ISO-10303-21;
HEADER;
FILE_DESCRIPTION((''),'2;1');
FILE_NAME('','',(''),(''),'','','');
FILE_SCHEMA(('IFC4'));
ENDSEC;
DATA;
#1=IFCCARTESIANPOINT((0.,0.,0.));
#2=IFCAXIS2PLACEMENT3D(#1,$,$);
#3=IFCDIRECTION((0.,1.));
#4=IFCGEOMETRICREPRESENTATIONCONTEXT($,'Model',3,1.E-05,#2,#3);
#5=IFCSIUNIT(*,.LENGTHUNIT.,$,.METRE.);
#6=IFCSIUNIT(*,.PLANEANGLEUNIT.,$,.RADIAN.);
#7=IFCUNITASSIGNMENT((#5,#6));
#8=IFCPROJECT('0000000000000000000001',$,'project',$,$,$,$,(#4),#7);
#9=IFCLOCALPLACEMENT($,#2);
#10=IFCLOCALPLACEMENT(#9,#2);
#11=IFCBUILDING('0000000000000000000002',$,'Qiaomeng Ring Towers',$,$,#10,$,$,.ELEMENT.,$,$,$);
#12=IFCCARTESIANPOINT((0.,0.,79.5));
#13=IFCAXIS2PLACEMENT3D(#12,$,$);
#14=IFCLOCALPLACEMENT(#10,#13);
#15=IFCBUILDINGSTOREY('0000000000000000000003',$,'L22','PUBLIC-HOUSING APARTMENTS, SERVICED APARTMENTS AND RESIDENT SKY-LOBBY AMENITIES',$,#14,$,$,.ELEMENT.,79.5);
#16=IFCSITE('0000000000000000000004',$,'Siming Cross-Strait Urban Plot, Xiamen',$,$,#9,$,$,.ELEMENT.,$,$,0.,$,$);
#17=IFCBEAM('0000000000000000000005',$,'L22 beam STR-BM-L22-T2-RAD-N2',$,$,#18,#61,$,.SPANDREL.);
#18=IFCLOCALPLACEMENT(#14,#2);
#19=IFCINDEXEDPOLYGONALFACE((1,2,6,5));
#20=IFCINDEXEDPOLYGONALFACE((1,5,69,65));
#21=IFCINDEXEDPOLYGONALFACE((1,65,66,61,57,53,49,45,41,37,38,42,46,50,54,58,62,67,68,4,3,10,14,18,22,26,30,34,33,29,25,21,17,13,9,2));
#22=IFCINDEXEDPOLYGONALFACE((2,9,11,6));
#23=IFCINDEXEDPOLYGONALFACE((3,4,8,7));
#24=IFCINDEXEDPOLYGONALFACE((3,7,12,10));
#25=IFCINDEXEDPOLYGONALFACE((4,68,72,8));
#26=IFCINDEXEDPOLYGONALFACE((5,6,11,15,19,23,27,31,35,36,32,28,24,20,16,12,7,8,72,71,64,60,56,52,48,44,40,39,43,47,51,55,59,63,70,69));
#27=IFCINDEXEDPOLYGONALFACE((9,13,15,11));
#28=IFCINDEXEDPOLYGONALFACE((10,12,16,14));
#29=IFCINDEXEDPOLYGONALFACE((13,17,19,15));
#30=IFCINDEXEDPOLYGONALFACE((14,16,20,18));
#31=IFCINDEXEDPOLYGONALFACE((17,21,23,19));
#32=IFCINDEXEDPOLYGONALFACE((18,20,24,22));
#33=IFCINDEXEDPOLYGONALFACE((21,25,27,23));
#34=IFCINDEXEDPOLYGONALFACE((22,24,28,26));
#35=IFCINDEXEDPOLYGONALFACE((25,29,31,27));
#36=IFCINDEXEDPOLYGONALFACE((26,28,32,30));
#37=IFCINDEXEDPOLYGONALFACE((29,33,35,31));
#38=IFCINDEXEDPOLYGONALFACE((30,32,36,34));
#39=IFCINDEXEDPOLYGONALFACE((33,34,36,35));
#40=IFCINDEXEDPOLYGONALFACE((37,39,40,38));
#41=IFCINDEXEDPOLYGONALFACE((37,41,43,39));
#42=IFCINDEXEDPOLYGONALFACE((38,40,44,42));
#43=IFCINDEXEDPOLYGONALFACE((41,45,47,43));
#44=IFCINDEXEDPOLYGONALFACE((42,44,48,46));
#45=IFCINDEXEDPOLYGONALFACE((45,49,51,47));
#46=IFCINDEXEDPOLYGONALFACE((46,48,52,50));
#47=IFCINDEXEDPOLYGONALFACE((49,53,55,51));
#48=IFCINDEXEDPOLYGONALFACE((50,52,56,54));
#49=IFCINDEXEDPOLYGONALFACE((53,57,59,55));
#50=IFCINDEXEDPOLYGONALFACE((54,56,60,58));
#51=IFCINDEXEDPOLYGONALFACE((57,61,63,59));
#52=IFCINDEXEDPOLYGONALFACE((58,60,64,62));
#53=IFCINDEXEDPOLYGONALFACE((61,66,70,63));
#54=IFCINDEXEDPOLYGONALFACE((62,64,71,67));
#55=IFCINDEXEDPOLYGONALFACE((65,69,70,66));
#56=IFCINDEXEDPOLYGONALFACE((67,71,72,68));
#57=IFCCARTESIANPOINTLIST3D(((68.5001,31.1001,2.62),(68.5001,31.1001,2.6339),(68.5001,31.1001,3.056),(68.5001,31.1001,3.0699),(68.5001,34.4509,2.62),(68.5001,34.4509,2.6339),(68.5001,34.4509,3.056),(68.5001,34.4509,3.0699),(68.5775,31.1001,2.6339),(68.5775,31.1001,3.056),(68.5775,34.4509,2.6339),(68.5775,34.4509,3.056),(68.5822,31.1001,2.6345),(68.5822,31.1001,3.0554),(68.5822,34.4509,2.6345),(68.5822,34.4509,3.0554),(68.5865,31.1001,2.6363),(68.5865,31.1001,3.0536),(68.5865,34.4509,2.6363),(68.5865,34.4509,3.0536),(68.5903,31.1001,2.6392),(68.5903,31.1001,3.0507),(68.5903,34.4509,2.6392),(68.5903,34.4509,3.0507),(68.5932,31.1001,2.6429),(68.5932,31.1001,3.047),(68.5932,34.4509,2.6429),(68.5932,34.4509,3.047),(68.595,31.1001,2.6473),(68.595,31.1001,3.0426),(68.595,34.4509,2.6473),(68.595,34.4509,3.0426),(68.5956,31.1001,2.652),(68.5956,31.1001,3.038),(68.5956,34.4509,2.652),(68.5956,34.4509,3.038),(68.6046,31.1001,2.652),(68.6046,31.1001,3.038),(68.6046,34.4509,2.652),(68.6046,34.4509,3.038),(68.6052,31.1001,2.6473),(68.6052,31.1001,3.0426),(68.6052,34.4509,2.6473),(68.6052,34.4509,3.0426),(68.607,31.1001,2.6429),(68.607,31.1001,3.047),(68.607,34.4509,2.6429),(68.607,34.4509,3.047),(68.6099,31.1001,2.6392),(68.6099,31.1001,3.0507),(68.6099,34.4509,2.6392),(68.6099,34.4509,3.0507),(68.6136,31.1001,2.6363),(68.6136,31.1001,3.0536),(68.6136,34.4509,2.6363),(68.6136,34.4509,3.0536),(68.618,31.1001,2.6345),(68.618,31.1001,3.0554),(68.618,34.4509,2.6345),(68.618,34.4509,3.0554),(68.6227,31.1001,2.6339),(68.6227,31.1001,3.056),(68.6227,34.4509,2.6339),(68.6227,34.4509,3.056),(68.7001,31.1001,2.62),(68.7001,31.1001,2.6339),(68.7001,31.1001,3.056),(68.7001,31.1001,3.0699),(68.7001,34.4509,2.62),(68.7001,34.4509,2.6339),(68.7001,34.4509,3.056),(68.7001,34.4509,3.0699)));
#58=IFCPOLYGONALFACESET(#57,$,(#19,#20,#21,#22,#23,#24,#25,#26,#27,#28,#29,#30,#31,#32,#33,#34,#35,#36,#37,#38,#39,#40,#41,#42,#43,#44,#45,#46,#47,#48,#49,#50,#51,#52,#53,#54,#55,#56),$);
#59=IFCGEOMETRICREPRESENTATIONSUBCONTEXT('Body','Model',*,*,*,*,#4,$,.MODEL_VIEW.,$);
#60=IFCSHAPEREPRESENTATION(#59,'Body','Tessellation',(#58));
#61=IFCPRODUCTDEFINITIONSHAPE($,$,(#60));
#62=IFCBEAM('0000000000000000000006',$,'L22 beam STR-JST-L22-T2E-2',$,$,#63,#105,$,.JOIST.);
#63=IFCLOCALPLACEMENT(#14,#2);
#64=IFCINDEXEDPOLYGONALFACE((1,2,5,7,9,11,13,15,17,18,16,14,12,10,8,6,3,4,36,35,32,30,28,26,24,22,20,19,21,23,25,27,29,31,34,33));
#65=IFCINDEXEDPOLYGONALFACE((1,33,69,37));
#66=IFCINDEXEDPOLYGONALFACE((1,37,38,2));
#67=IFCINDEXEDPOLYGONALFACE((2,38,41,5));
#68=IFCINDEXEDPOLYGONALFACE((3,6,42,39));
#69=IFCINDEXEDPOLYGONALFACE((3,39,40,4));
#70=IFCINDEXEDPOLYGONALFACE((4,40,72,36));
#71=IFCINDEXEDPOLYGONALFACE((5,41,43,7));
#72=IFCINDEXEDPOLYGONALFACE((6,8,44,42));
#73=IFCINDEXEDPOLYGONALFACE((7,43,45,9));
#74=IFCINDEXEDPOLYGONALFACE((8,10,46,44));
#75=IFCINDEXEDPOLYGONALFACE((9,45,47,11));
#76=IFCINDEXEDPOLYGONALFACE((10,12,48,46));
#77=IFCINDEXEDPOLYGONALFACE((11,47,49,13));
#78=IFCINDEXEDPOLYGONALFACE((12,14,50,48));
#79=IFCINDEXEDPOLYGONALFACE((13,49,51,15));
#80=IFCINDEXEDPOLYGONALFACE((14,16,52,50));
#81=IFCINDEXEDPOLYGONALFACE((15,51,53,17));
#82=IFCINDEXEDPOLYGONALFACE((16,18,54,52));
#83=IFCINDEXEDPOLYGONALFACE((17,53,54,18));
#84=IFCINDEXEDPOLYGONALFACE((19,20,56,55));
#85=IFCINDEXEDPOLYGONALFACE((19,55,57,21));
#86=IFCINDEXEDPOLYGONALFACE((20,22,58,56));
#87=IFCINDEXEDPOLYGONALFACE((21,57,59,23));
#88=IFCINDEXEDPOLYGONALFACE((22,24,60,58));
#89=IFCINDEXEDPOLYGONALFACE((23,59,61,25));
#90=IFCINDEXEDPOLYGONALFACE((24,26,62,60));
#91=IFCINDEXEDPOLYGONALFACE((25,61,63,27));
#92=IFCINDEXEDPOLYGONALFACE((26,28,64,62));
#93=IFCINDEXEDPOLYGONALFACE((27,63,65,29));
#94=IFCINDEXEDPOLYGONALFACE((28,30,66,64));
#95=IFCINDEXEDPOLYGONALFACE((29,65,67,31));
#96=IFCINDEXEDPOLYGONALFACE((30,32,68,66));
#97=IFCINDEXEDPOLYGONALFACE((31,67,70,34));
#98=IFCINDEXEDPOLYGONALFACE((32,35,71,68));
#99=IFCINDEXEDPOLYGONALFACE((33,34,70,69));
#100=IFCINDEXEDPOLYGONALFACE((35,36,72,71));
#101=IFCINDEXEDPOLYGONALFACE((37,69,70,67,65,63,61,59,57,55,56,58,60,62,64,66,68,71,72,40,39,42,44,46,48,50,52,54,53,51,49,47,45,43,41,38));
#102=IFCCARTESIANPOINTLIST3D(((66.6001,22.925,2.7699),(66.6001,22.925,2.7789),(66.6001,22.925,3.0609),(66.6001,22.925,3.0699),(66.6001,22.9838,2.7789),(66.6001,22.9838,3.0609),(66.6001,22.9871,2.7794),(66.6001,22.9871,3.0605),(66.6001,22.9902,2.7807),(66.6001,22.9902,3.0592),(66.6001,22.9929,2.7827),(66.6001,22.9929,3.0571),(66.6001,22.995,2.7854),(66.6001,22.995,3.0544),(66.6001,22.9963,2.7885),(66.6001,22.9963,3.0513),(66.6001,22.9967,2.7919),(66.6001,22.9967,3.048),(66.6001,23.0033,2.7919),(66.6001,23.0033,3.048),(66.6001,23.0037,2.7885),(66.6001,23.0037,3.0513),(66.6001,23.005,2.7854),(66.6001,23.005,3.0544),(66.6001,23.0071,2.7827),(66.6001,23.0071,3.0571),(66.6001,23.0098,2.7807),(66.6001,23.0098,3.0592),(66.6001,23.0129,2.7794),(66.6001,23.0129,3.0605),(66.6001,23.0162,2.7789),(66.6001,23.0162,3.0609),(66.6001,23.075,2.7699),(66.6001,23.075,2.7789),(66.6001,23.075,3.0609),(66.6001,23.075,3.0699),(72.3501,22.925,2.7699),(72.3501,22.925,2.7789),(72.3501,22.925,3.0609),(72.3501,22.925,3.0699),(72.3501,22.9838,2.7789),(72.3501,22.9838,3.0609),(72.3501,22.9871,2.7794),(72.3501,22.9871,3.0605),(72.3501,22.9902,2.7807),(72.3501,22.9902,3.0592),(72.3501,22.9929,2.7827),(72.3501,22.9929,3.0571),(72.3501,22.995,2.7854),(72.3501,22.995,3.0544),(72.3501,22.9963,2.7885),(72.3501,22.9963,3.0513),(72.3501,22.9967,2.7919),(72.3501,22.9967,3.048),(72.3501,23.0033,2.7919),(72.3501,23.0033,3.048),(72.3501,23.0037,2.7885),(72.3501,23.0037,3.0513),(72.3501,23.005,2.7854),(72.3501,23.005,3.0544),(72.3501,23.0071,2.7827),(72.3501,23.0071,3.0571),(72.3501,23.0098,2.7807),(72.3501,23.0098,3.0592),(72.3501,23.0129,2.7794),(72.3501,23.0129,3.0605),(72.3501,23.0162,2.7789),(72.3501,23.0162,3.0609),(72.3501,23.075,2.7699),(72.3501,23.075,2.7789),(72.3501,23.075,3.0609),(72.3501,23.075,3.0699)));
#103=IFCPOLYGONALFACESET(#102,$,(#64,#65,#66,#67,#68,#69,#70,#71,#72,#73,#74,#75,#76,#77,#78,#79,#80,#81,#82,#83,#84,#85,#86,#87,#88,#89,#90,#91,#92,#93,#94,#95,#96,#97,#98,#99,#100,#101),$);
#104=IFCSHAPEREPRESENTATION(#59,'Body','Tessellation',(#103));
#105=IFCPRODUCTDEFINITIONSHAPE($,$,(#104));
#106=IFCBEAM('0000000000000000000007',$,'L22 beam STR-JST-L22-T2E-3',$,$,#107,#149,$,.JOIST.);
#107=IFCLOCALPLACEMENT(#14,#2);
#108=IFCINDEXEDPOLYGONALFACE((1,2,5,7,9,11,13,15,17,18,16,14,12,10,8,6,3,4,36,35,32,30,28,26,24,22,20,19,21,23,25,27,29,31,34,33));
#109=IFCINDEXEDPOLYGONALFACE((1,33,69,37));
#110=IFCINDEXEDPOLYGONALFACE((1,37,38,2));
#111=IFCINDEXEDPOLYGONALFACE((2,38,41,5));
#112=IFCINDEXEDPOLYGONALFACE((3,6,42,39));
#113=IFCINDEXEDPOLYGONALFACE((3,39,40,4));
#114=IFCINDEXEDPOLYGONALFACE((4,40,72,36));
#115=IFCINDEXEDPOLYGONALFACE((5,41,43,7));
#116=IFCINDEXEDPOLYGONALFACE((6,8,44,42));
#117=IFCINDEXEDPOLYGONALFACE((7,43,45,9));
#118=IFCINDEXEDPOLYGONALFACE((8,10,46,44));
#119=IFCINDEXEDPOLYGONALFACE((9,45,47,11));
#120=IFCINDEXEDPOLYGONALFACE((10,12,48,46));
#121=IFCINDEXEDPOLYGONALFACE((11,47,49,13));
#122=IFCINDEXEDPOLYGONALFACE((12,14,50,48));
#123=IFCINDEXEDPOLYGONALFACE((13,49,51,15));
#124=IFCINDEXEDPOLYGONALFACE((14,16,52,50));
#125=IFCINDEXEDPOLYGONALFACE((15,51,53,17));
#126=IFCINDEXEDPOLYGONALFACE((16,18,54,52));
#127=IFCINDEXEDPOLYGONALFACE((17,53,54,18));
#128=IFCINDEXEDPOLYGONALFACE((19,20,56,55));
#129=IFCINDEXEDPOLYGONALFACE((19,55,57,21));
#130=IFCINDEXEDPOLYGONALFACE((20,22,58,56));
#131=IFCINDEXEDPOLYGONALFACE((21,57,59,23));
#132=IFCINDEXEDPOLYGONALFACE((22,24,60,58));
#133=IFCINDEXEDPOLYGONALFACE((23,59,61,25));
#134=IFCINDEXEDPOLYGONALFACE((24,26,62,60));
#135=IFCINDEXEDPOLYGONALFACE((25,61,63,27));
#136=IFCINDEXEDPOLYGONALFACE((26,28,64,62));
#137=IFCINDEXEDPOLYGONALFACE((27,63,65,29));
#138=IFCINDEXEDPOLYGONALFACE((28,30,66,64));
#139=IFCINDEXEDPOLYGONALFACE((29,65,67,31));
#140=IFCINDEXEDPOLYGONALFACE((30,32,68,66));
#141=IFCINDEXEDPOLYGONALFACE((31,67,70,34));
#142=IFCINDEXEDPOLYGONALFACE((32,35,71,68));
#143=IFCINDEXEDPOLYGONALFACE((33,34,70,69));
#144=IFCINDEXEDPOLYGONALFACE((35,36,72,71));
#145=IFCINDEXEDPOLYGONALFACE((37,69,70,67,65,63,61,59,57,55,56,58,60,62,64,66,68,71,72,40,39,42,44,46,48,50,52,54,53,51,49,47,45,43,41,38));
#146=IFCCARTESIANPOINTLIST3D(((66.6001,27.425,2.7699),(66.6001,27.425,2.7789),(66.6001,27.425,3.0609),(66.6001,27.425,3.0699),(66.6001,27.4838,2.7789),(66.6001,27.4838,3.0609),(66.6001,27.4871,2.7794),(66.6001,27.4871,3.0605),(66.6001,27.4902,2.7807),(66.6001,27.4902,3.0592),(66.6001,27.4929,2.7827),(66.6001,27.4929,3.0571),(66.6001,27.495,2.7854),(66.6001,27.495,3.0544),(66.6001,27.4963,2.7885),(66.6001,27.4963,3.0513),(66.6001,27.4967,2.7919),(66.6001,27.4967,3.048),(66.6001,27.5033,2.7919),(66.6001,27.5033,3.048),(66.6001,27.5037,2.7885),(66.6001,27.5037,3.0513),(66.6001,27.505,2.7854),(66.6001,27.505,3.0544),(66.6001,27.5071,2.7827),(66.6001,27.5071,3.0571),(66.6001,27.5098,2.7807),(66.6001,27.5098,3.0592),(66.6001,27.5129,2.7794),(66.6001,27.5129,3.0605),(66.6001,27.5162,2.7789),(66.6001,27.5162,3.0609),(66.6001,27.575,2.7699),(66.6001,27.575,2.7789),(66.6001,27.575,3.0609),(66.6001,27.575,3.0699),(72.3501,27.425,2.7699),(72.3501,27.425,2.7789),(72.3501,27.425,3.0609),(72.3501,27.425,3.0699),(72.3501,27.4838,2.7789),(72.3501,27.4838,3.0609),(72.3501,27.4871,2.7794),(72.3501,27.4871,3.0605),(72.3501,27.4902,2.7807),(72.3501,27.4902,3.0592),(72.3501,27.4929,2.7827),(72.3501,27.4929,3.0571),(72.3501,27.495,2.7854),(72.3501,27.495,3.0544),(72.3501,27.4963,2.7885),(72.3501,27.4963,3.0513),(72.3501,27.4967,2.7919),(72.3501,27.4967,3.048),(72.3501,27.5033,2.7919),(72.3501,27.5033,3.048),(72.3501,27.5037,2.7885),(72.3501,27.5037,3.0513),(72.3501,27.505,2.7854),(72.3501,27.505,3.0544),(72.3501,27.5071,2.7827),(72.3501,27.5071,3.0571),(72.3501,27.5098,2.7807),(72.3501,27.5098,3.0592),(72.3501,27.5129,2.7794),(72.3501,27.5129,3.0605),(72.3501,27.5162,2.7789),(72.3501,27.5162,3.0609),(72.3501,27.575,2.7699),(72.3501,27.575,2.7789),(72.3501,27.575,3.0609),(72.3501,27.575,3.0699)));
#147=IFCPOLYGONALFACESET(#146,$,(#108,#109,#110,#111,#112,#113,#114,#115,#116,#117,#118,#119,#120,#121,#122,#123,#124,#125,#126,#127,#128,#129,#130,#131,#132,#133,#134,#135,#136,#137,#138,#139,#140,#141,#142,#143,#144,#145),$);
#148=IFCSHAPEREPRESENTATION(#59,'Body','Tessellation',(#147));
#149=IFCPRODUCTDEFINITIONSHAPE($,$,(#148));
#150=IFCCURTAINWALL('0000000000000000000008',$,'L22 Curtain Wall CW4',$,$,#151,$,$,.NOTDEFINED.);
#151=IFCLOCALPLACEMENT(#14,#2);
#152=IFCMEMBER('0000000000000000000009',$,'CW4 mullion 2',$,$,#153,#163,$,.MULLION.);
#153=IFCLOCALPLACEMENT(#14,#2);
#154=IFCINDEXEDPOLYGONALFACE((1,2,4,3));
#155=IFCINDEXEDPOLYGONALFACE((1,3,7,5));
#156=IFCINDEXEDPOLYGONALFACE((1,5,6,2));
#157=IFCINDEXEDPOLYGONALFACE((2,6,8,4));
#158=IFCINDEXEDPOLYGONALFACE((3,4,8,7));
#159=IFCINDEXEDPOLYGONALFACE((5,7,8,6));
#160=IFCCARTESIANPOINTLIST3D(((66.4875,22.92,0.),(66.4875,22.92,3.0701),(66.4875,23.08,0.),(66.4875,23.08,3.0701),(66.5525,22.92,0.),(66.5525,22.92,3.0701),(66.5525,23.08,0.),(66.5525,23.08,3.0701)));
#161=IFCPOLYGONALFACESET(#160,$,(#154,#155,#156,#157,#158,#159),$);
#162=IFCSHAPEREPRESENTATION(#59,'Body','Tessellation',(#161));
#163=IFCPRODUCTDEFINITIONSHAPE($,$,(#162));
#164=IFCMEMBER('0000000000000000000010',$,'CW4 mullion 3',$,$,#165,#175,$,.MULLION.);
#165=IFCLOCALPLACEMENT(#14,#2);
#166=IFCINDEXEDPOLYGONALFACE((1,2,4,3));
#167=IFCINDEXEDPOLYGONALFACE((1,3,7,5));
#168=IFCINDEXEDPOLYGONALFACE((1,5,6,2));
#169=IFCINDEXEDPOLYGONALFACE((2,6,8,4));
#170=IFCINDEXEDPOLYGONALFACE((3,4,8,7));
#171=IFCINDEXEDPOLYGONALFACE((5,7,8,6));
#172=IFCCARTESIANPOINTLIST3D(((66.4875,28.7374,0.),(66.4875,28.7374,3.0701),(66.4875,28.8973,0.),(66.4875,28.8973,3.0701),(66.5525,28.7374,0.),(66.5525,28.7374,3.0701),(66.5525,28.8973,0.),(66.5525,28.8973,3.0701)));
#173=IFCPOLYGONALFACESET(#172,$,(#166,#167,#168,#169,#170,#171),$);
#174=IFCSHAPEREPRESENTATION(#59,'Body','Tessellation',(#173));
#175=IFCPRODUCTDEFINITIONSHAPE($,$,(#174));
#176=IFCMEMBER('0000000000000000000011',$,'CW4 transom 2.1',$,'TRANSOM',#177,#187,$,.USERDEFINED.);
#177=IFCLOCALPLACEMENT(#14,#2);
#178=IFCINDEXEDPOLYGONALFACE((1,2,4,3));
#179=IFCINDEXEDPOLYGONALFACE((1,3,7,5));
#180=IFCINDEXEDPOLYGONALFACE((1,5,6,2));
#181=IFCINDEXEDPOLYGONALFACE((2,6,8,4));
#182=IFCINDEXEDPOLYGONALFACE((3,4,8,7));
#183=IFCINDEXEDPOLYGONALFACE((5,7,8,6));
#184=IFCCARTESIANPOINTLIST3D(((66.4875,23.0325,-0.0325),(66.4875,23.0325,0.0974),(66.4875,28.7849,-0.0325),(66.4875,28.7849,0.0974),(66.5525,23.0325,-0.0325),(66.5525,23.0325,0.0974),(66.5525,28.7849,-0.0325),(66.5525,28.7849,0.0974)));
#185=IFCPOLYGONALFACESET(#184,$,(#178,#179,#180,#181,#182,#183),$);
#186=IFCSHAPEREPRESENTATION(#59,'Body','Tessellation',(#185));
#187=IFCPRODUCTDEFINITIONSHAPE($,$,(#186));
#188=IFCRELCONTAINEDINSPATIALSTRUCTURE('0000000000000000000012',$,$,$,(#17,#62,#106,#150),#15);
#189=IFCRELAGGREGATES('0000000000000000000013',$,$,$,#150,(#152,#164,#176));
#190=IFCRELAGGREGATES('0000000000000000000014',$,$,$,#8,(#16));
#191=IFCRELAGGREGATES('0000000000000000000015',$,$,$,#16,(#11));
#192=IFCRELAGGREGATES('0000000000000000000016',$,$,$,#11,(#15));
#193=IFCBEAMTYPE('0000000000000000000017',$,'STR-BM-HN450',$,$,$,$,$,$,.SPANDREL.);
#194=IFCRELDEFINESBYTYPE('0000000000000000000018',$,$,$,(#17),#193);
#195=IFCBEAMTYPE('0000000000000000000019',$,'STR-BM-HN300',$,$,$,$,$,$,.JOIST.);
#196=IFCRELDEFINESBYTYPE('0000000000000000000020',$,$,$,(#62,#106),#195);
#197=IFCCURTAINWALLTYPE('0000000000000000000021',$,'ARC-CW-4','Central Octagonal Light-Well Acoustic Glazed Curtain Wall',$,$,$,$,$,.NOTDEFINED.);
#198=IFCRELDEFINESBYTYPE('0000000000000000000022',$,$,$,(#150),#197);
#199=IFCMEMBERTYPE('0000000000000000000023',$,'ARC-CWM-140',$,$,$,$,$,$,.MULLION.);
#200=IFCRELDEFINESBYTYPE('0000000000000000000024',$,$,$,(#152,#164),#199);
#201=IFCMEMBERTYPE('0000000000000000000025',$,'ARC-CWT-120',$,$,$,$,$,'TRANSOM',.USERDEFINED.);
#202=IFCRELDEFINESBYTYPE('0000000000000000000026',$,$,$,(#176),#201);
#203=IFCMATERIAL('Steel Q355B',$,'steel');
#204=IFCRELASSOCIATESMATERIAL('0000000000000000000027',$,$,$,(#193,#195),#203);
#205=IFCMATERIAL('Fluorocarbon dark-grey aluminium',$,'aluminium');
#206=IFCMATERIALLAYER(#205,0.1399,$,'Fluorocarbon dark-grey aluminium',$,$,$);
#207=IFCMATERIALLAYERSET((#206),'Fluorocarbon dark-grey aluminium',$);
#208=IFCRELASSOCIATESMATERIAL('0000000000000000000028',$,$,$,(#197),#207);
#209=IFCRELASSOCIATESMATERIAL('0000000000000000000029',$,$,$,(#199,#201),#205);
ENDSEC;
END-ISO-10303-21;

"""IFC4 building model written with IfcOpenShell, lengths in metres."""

from ifc_helpers import new_model, si_unit, direction, frame, origin, origin_2d, place, context, subcontext, project, spatial, rectangle, i_section, extrude, source, transform, mapped, material, layer, layer_set, material_profile, profile_set, type_object, element, aggregate, save


model = new_model("IFC4")

# Units and contexts
model_context = context("Model", 3, precision=1e-05, world=origin(), true_north=direction((0.0, 1.0)))
body_context = subcontext(model_context, "Body", "Model", "MODEL_VIEW")
ifc_project = project(units=[si_unit("LENGTHUNIT", "METRE"), si_unit("PLANEANGLEUNIT", "RADIAN")], contexts=[model_context])

# Site, building, storey
site_placement = place(None, origin())
site = spatial("IfcSite", under=ifc_project, at=site_placement, Name="Siming Cross-Strait Urban Plot, Xiamen", CompositionType="ELEMENT", RefElevation=0.0)
building_placement = place(site_placement, origin())
building = spatial("IfcBuilding", under=site, at=building_placement, Name="Qiaomeng Ring Towers", CompositionType="ELEMENT")
storey_placement = place(building_placement, frame((0.0, 0.0, 79.5)))
storey = spatial("IfcBuildingStorey", under=building, at=storey_placement, Name="L22", Description="PUBLIC-HOUSING APARTMENTS, SERVICED APARTMENTS AND RESIDENT SKY-LOBBY AMENITIES", CompositionType="ELEMENT", Elevation=79.5)

# Beams
ifc_material_1 = material(Name="Steel Q355B", Category="steel")
ifc_material_profile_1 = material_profile(ifc_material_1, i_section(OverallWidth=0.2, OverallDepth=0.45, WebThickness=0.009, FlangeThickness=0.0139, FilletRadius=0.0181, at=origin_2d()), Name="HN 450x200x9x14")
ifc_profile_set_1 = profile_set([ifc_material_profile_1], Name="Steel Q355B")
beam_type_1 = type_object("IfcBeamType", Name="STR-BM-HN450", PredefinedType="SPANDREL", material=ifc_profile_set_1)
shared_shape_1 = source(origin(), body_context, "Body", "SweptSolid", [
    extrude(i_section(OverallWidth=0.2, OverallDepth=0.45, WebThickness=0.009, FlangeThickness=0.0139, FilletRadius=0.0181, at=origin_2d()), origin(), (0.0, 0.0, 1.0), 3.3508),
])
beam_1_placement = place(storey_placement, frame((68.6001, 34.4509, 2.845), z_axis=(0.0, -1.0, 0.0), x_axis=(1.0, 0.0, 0.0)))
element("IfcBeam", 1, at=beam_1_placement, inside=storey, type_object=beam_type_1, Name="L22 beam STR-BM-L22-T2-RAD-N2", PredefinedType="SPANDREL", context=body_context, shape_type="MappedRepresentation", body=[
    mapped(shared_shape_1, transform((0.0, 0.0, 0.0), x_axis=(1.0, 0.0, 0.0), y_axis=(0.0, 1.0, 0.0), z_axis=(0.0, 0.0, 1.0), scale=1.0)),
])
ifc_material_profile_2 = material_profile(ifc_material_1, i_section(OverallWidth=0.1499, OverallDepth=0.3, WebThickness=0.0066, FlangeThickness=0.009, FilletRadius=0.0129, at=origin_2d()), Name="HN 300x150x6.5x9")
ifc_profile_set_2 = profile_set([ifc_material_profile_2], Name="Steel Q355B")
beam_type_2 = type_object("IfcBeamType", Name="STR-BM-HN300", PredefinedType="JOIST", material=ifc_profile_set_2)
shared_shape_2 = source(origin(), body_context, "Body", "SweptSolid", [
    extrude(i_section(OverallWidth=0.1499, OverallDepth=0.3, WebThickness=0.0066, FlangeThickness=0.009, FilletRadius=0.0129, at=origin_2d()), origin(), (0.0, 0.0, 1.0), 5.75),
])
for number, where, z_axis, x_axis, name in (
    (2, (66.6001, 23.0, 2.9199), (1.0, 0.0, 0.0), (0.0, 1.0, 0.0), "L22 beam STR-JST-L22-T2E-2"),
    (3, (66.6001, 27.5, 2.9199), (1.0, 0.0, 0.0), (0.0, 1.0, 0.0), "L22 beam STR-JST-L22-T2E-3"),
):
    element("IfcBeam", number, at=place(storey_placement, frame(where, z_axis=z_axis, x_axis=x_axis)), inside=storey, type_object=beam_type_2, Name=name, PredefinedType="JOIST", context=body_context, shape_type="MappedRepresentation", body=[
        mapped(shared_shape_2, transform((0.0, 0.0, 0.0), x_axis=(1.0, 0.0, 0.0), y_axis=(0.0, 1.0, 0.0), z_axis=(0.0, 0.0, 1.0), scale=1.0)),
    ])

# Curtain wall, members
ifc_material_2 = material(Name="Fluorocarbon dark-grey aluminium", Category="aluminium")
ifc_layer_1 = layer(ifc_material_2, 0.1399, Name="Fluorocarbon dark-grey aluminium")
ifc_layer_set_1 = layer_set([ifc_layer_1], Name="Fluorocarbon dark-grey aluminium")
curtain_wall_type_1 = type_object("IfcCurtainWallType", Name="ARC-CW-4", Description="Central Octagonal Light-Well Acoustic Glazed Curtain Wall", PredefinedType="NOTDEFINED", material=ifc_layer_set_1)
curtain_wall_1_placement = place(storey_placement, origin())
curtain_wall_1 = element("IfcCurtainWall", 4, at=curtain_wall_1_placement, inside=storey, type_object=curtain_wall_type_1, Name="L22 Curtain Wall CW4", PredefinedType="NOTDEFINED")
ifc_material_profile_3 = material_profile(ifc_material_2, rectangle(XDim=0.0649, YDim=0.1599, at=origin_2d()), Name="ALU MULL 65x160")
ifc_profile_set_3 = profile_set([ifc_material_profile_3], Name="Fluorocarbon dark-grey aluminium")
member_type_1 = type_object("IfcMemberType", Name="ARC-CWM-140", PredefinedType="MULLION", material=ifc_profile_set_3)
shared_shape_3 = source(origin(), body_context, "Body", "SweptSolid", [
    extrude(rectangle(XDim=0.0649, YDim=0.1599, at=origin_2d()), origin(), (0.0, 0.0, 1.0), 3.0701),
])
member_1_placement = place(storey_placement, frame((66.52, 23.0, 0.0), z_axis=(0.0, 0.0, 1.0), x_axis=(-1.0, 0.0, 0.0)))
member_1 = element("IfcMember", 5, at=member_1_placement, type_object=member_type_1, Name="CW4 mullion 2", PredefinedType="MULLION", context=body_context, shape_type="MappedRepresentation", body=[
    mapped(shared_shape_3, transform((0.0, 0.0, 0.0), x_axis=(1.0, 0.0, 0.0), y_axis=(0.0, 1.0, 0.0), z_axis=(0.0, 0.0, 1.0), scale=1.0)),
])
member_2_placement = place(storey_placement, frame((66.52, 28.8174, 0.0), z_axis=(0.0, 0.0, 1.0), x_axis=(-1.0, 0.0, 0.0)))
member_2 = element("IfcMember", 6, at=member_2_placement, type_object=member_type_1, Name="CW4 mullion 3", PredefinedType="MULLION", context=body_context, shape_type="MappedRepresentation", body=[
    mapped(shared_shape_3, transform((0.0, 0.0, 0.0), x_axis=(1.0, 0.0, 0.0), y_axis=(0.0, 1.0, 0.0), z_axis=(0.0, 0.0, 1.0), scale=1.0)),
])
ifc_material_profile_4 = material_profile(ifc_material_2, rectangle(XDim=0.0649, YDim=0.1299, at=origin_2d()), Name="ALU TRAN 65x130")
ifc_profile_set_4 = profile_set([ifc_material_profile_4], Name="Fluorocarbon dark-grey aluminium")
member_type_2 = type_object("IfcMemberType", Name="ARC-CWT-120", ElementType="TRANSOM", PredefinedType="USERDEFINED", material=ifc_profile_set_4)
shared_shape_4 = source(origin(), body_context, "Body", "SweptSolid", [
    extrude(rectangle(XDim=0.0649, YDim=0.1299, at=origin_2d()), origin(), (0.0, 0.0, 1.0), 5.7524),
])
member_3_placement = place(storey_placement, frame((66.52, 23.0325, 0.0325), z_axis=(0.0, 1.0, 0.0), x_axis=(-1.0, 0.0, 0.0)))
member_3 = element("IfcMember", 7, at=member_3_placement, type_object=member_type_2, Name="CW4 transom 2.1", ObjectType="TRANSOM", PredefinedType="USERDEFINED", context=body_context, shape_type="MappedRepresentation", body=[
    mapped(shared_shape_4, transform((0.0, 0.0, 0.0), x_axis=(1.0, 0.0, 0.0), y_axis=(0.0, 1.0, 0.0), z_axis=(0.0, 0.0, 1.0), scale=1.0)),
])

aggregate(curtain_wall_1, [member_1, member_2, member_3])

save(model, "model.ifc")
